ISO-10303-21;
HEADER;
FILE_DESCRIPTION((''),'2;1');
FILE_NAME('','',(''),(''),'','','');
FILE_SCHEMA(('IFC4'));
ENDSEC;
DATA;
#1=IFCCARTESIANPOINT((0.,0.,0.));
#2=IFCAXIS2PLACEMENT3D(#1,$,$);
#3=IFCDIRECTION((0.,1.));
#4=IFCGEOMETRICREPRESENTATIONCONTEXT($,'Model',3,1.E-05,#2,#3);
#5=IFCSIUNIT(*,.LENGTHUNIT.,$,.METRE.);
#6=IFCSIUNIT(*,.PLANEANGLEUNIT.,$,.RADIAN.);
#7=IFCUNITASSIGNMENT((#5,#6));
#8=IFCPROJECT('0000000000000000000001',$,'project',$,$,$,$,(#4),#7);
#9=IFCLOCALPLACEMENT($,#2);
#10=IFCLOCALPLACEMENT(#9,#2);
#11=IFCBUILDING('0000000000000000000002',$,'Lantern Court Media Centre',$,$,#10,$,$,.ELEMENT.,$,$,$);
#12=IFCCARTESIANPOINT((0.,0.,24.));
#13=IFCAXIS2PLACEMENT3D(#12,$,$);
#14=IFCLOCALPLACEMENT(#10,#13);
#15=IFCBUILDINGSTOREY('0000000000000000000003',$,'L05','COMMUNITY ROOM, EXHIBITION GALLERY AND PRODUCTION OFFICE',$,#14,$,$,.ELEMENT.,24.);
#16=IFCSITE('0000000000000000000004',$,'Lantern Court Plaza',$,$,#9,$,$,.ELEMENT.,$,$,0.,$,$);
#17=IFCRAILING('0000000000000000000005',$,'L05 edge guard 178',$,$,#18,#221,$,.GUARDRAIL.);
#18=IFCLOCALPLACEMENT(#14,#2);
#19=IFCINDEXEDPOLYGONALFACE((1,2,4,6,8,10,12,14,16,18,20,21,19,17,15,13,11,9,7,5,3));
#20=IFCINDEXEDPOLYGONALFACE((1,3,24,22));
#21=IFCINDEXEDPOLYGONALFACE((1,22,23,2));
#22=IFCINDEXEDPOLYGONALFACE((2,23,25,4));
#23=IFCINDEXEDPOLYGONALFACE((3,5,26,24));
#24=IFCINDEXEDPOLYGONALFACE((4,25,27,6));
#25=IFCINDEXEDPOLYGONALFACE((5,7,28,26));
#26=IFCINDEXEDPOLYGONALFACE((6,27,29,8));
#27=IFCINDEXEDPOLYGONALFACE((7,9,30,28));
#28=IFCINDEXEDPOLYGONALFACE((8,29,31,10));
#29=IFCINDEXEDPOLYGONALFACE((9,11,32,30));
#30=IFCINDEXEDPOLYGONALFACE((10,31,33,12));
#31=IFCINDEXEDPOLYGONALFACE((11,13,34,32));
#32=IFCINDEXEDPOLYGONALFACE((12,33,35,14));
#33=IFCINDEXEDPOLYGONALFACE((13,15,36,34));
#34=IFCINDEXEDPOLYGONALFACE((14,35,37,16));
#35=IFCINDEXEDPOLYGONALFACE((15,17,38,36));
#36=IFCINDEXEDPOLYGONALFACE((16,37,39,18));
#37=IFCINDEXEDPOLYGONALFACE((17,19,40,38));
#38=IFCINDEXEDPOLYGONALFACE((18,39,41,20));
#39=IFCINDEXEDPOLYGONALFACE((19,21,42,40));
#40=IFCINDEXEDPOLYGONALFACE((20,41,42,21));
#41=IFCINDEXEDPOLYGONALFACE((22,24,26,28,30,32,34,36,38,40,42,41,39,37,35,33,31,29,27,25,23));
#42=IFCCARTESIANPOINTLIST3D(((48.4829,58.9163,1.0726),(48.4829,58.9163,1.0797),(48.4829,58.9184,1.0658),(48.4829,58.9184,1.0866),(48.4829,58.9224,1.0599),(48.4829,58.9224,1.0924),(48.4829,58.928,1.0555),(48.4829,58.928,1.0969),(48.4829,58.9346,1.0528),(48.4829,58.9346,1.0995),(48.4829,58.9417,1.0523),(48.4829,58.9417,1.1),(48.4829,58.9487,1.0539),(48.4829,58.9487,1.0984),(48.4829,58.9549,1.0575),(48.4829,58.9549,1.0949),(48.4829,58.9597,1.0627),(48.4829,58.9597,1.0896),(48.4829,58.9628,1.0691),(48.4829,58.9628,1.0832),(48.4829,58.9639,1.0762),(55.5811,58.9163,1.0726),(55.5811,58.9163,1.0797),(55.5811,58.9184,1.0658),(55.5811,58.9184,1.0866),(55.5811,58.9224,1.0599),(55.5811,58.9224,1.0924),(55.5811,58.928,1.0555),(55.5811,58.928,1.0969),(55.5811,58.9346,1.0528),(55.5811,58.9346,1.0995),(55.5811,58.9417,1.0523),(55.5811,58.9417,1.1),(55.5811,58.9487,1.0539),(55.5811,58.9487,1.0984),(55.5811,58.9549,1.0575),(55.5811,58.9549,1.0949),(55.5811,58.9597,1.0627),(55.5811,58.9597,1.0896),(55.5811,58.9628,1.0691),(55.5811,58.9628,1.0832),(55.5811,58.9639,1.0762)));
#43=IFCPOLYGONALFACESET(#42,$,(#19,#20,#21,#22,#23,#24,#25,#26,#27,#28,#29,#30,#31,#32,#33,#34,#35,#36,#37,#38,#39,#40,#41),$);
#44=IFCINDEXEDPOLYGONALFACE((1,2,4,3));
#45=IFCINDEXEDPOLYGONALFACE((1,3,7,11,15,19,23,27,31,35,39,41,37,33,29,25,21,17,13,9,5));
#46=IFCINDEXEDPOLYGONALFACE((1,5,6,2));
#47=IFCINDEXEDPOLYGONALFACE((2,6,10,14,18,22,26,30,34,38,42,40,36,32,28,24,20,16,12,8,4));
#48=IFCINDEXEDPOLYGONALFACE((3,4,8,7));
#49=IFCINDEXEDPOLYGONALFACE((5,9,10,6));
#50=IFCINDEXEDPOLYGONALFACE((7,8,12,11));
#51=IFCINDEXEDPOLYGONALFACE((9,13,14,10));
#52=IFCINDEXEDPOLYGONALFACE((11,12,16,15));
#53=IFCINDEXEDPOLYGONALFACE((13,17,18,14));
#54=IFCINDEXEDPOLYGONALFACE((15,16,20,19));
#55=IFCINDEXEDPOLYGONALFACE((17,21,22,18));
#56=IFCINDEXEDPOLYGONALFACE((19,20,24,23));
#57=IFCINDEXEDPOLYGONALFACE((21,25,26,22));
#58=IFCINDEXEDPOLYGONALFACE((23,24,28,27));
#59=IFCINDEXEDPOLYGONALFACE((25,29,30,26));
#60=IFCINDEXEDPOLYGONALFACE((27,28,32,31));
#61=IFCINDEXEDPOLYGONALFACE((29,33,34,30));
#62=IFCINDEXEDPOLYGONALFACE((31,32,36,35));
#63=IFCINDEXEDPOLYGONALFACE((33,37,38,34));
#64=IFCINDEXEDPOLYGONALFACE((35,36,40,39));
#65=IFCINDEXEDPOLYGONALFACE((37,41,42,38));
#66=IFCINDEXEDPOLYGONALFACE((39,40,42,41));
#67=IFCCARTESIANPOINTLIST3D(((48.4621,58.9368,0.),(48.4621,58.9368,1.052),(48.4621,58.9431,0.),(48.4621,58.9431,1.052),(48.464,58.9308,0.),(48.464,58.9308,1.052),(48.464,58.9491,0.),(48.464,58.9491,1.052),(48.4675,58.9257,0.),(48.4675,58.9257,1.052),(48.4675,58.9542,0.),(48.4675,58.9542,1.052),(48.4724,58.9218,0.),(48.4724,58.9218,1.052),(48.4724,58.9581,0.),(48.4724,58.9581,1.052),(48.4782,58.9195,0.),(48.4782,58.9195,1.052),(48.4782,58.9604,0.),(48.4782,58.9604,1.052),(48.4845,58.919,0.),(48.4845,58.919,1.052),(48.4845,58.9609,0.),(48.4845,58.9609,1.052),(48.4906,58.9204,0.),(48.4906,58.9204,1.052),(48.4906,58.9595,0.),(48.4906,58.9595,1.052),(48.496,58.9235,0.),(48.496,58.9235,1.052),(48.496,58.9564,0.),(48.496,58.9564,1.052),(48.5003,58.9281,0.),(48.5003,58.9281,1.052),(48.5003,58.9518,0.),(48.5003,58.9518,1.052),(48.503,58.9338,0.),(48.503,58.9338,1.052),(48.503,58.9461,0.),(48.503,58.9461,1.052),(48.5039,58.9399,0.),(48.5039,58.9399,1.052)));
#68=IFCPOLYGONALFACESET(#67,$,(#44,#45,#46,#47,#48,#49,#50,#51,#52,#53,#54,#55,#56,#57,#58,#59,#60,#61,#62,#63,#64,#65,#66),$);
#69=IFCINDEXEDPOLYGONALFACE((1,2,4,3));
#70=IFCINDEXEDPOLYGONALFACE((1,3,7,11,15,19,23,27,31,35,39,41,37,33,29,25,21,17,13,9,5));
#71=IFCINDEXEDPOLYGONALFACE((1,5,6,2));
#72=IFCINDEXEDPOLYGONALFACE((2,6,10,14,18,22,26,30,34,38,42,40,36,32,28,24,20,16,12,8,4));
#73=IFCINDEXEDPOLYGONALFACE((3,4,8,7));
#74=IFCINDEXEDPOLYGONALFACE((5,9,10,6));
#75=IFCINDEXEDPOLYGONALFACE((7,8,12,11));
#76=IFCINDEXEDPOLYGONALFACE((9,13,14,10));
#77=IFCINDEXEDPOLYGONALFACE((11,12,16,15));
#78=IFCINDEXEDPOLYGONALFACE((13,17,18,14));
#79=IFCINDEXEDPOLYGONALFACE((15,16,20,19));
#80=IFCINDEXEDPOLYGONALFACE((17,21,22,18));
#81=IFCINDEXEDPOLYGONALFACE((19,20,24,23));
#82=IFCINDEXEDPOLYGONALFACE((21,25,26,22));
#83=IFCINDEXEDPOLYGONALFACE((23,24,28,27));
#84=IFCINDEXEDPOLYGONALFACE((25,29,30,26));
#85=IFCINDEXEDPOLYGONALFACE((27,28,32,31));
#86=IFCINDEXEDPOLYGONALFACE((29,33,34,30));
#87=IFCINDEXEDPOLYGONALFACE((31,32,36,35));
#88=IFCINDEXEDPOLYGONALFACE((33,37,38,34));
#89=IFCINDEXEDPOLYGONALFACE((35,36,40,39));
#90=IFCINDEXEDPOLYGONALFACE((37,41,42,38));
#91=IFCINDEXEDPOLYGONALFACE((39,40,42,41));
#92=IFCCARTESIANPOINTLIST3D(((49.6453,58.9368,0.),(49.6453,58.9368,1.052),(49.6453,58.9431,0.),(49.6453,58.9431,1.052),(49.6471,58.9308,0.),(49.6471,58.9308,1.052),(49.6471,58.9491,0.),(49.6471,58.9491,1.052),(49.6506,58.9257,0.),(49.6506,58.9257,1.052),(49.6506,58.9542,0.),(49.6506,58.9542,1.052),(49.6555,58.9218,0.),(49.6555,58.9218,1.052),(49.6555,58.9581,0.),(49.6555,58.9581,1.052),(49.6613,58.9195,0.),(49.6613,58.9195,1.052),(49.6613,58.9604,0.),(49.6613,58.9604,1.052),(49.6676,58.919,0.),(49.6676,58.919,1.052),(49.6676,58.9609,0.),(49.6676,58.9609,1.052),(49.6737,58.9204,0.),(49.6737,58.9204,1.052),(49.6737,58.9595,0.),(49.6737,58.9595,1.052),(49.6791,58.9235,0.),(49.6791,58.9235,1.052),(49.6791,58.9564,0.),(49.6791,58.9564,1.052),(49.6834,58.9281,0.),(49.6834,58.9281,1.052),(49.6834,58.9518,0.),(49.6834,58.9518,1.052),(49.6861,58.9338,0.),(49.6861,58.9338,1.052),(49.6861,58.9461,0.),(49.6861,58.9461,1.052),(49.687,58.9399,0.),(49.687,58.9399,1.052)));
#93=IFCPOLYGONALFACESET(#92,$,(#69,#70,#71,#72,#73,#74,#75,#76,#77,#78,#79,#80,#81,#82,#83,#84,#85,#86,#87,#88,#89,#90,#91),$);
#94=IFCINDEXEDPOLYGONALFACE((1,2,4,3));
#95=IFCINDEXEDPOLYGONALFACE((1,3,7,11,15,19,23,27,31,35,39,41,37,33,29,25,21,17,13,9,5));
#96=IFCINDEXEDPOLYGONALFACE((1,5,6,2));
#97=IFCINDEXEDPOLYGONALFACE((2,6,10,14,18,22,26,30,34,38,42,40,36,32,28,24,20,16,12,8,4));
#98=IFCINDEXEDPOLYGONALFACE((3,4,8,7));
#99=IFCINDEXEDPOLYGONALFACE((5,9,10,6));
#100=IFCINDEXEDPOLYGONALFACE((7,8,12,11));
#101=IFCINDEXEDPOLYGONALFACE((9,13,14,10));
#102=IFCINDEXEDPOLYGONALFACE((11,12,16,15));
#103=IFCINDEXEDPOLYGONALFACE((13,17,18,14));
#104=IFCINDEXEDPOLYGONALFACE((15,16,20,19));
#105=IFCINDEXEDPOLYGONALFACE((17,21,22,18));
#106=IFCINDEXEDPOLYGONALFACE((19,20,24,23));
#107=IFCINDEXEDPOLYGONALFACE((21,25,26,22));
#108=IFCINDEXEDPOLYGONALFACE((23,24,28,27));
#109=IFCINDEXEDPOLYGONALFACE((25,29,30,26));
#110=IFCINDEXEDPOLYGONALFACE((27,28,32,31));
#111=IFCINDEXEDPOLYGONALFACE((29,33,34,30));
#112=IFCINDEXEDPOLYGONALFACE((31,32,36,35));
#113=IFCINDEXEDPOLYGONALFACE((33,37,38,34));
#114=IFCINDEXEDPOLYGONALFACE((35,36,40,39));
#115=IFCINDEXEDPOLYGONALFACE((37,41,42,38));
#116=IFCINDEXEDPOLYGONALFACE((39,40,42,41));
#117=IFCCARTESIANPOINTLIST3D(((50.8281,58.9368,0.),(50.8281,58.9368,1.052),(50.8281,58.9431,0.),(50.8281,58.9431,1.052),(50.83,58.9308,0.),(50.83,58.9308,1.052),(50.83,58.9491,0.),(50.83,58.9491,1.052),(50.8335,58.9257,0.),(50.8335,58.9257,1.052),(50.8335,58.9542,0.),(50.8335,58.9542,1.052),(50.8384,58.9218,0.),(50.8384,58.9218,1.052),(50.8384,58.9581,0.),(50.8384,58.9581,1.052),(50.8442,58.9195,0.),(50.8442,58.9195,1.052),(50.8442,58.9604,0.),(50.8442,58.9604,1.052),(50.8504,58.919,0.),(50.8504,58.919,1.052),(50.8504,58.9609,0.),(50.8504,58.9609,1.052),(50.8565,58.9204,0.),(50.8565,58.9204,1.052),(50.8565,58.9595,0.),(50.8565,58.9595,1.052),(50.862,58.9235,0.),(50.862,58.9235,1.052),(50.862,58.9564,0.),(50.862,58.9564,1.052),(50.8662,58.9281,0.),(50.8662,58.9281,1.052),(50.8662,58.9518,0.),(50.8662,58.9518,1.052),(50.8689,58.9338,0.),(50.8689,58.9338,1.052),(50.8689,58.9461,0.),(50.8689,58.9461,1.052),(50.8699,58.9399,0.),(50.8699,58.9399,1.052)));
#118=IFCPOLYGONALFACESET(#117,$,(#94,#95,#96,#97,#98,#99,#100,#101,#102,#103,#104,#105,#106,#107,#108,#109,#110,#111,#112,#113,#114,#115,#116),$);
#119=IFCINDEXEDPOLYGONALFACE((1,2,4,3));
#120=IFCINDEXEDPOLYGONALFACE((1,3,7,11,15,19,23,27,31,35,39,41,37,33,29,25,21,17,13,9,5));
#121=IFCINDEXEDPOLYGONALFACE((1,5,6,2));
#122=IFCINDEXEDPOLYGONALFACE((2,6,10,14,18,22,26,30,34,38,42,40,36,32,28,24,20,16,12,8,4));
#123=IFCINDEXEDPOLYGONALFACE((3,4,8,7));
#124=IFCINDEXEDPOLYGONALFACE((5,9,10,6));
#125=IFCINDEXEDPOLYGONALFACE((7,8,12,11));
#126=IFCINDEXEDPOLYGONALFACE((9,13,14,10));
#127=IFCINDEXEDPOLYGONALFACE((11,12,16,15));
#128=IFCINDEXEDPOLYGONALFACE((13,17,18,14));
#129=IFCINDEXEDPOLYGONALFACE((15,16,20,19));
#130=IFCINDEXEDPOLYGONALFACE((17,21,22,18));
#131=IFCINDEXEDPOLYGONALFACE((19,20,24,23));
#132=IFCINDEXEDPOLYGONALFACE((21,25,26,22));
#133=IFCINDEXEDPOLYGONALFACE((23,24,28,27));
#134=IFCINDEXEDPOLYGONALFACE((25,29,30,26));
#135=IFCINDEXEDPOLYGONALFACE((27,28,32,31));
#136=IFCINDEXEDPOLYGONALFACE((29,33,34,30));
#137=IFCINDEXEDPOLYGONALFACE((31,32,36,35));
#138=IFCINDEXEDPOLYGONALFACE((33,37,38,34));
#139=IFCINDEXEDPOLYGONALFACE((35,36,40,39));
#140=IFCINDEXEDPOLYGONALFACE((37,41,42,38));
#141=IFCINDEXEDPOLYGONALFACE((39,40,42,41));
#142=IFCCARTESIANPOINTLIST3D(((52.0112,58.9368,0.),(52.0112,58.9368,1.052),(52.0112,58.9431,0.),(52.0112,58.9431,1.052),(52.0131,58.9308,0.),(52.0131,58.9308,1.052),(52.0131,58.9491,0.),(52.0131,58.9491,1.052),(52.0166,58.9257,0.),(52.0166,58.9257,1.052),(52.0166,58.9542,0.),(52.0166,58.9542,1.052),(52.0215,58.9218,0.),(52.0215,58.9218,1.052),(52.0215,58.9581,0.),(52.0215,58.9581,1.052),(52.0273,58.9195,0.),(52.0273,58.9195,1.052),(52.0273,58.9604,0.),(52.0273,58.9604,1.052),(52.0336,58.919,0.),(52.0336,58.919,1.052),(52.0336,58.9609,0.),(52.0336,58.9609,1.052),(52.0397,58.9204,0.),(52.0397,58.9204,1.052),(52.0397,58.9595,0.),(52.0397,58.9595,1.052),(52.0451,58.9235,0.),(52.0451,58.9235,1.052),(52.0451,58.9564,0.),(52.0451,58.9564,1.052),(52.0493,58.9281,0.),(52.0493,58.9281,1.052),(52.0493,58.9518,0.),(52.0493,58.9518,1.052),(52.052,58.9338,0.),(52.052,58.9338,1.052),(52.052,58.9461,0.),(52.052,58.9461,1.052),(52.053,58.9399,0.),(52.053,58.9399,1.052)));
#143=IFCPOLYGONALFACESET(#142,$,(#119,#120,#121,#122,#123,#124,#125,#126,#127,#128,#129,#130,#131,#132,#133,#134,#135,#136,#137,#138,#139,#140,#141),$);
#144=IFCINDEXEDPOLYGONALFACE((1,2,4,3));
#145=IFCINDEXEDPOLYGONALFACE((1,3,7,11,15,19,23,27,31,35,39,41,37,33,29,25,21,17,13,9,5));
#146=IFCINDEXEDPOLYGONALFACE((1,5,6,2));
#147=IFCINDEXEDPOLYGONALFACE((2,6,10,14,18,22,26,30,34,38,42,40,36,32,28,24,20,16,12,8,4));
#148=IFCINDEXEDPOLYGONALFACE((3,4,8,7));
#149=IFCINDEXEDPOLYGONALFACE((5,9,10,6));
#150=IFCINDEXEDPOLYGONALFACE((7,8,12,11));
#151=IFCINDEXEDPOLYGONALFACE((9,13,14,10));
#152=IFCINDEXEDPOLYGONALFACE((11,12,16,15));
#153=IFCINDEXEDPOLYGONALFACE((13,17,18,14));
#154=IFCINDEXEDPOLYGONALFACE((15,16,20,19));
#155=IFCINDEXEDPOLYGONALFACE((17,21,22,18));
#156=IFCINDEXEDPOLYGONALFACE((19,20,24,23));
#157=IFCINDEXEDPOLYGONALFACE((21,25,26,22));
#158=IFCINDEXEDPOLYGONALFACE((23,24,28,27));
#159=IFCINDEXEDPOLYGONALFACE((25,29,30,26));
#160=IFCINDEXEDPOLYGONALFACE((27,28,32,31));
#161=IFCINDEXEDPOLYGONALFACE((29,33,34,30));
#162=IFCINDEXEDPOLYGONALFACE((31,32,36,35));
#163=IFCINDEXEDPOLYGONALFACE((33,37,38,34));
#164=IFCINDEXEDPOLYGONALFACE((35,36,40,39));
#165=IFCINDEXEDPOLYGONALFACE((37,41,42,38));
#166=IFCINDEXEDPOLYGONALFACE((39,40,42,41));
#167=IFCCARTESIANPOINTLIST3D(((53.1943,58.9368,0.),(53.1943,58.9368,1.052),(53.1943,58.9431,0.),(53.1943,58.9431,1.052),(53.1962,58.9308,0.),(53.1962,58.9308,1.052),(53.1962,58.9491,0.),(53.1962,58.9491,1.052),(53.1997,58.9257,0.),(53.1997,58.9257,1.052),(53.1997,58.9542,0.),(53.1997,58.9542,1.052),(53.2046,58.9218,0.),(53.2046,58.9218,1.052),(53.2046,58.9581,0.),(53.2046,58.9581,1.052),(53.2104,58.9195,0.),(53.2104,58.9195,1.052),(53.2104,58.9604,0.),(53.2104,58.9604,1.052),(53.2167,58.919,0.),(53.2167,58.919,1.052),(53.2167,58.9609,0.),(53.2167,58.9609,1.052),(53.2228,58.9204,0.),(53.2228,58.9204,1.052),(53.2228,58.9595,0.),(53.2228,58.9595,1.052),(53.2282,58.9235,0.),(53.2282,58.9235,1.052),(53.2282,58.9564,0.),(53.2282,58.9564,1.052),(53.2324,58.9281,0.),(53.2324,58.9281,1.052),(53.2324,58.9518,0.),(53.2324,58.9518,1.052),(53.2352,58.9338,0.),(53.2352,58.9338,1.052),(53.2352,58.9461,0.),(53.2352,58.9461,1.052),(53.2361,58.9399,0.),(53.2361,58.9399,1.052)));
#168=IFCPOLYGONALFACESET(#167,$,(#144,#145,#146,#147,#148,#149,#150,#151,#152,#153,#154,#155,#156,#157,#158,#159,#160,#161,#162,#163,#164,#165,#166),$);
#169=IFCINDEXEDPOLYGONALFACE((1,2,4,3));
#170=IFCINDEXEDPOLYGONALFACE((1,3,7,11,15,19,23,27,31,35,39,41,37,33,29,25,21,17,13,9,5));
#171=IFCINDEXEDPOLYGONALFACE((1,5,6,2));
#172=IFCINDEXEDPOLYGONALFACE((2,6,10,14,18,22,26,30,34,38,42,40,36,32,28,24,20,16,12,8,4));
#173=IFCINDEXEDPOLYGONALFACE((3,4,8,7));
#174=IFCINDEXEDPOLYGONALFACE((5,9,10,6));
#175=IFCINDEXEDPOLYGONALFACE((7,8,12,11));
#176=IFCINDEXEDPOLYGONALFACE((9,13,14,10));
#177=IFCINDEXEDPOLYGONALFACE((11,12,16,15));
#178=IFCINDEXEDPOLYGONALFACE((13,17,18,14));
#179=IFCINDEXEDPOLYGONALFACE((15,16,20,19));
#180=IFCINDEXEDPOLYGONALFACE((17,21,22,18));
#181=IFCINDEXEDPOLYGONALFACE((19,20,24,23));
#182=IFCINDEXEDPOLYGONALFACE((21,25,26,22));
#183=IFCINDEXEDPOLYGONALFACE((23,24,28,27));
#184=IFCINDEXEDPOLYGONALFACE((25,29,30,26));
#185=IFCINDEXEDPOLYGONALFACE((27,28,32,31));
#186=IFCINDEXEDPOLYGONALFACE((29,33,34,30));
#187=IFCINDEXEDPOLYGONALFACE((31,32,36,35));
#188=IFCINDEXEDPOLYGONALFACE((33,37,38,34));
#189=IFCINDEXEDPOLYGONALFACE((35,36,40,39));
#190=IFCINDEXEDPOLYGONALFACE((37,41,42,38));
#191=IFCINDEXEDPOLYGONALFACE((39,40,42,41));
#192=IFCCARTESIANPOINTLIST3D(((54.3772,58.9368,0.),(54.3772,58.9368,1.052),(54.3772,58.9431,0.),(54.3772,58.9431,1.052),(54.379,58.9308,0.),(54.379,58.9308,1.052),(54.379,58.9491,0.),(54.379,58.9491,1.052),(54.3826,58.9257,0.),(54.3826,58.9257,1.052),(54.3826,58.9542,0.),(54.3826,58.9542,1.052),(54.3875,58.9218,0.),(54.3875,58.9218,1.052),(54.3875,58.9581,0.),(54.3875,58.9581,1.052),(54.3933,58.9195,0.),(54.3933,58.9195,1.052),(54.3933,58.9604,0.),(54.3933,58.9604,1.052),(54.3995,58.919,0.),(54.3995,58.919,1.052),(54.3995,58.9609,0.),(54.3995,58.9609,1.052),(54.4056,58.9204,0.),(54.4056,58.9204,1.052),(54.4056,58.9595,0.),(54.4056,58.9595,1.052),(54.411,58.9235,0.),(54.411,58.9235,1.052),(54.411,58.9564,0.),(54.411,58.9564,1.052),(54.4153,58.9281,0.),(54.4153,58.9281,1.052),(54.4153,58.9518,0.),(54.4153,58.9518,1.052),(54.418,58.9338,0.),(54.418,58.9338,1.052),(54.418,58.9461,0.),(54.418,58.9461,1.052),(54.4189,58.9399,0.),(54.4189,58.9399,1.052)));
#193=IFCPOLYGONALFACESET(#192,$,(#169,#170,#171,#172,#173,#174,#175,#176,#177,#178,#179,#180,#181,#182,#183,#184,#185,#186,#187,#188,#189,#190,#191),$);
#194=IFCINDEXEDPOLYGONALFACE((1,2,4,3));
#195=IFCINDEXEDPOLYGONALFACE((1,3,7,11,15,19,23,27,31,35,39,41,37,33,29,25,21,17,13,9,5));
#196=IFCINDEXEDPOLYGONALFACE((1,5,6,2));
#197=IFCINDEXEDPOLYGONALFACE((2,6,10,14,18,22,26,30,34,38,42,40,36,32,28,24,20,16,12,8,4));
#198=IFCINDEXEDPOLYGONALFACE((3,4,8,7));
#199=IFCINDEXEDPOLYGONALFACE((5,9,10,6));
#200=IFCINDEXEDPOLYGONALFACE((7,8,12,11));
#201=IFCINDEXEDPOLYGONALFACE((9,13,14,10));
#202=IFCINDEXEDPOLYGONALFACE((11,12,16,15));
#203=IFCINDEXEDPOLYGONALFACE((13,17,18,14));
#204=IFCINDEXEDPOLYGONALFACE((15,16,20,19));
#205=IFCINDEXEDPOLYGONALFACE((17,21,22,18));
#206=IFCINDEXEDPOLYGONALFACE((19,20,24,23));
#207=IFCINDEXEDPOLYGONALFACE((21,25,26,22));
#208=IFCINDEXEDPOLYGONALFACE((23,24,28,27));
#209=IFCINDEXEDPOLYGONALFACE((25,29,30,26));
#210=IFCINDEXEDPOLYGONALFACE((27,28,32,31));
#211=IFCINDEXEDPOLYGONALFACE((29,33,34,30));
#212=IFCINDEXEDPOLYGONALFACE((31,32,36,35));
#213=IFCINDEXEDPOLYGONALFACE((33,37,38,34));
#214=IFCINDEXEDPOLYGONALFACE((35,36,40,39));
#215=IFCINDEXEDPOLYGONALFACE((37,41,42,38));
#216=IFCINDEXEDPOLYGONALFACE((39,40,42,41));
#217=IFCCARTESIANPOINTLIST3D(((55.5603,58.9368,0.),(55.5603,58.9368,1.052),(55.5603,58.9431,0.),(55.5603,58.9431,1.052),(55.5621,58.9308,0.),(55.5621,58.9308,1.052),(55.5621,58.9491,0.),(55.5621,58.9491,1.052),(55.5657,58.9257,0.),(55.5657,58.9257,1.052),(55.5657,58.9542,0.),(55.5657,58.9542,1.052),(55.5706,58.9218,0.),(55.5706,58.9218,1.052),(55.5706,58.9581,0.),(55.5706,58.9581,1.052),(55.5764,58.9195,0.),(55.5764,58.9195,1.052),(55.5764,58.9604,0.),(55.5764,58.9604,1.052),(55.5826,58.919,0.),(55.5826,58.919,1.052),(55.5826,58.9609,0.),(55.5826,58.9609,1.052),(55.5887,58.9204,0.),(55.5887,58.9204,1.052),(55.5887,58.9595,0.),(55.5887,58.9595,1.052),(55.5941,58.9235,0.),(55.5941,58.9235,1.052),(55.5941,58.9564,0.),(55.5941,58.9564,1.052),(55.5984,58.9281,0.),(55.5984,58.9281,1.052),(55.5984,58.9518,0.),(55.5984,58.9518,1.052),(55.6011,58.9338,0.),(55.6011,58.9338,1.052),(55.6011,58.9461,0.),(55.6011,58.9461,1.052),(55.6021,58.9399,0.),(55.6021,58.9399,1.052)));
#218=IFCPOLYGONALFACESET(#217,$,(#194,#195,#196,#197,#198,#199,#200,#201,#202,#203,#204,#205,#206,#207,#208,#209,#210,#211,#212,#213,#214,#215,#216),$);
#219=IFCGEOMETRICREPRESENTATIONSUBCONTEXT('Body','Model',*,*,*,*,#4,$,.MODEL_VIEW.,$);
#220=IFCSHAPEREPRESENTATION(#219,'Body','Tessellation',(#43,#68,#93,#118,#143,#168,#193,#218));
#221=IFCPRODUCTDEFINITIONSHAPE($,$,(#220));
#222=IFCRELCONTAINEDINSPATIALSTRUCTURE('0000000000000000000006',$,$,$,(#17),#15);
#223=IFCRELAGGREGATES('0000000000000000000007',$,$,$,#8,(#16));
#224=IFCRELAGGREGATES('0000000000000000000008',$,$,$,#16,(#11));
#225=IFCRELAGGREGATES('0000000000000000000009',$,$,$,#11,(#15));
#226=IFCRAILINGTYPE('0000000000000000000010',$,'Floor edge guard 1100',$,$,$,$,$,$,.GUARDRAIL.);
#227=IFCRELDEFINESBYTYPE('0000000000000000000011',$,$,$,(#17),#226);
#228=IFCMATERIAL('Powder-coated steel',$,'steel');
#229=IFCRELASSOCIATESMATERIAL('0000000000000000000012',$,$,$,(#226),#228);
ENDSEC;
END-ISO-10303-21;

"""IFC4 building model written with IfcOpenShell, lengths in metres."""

from ifc_helpers import new_model, si_unit, direction, frame, origin, origin_2d, place, context, subcontext, project, spatial, circle, extrude, material, type_object, element, save


model = new_model("IFC4")

# Units and contexts
model_context = context("Model", 3, precision=1e-05, world=origin(), true_north=direction((0.0, 1.0)))
body_context = subcontext(model_context, "Body", "Model", "MODEL_VIEW")
ifc_project = project(units=[si_unit("LENGTHUNIT", "METRE"), si_unit("PLANEANGLEUNIT", "RADIAN")], contexts=[model_context])

# Site, building, storey
site_placement = place(None, origin())
site = spatial("IfcSite", under=ifc_project, at=site_placement, Name="Lantern Court Plaza", CompositionType="ELEMENT", RefElevation=0.0)
building_placement = place(site_placement, origin())
building = spatial("IfcBuilding", under=site, at=building_placement, Name="Lantern Court Media Centre", CompositionType="ELEMENT")
storey_placement = place(building_placement, frame((0.0, 0.0, 24.0)))
storey = spatial("IfcBuildingStorey", under=building, at=storey_placement, Name="L05", Description="COMMUNITY ROOM, EXHIBITION GALLERY AND PRODUCTION OFFICE", CompositionType="ELEMENT", Elevation=24.0)

# Railing
ifc_material_1 = material(Name="Powder-coated steel", Category="steel")
railing_type = type_object("IfcRailingType", Name="Floor edge guard 1100", PredefinedType="GUARDRAIL", material=ifc_material_1)
railing_placement = place(storey_placement, frame((48.4829, 58.9399, 0.0)))
element("IfcRailing", 1, at=railing_placement, inside=storey, type_object=railing_type, Name="L05 edge guard 178", PredefinedType="GUARDRAIL", context=body_context, shape_type="SweptSolid", body=[
    extrude(circle(Radius=0.0239, at=origin_2d()), frame((0.0, 0.0, 1.0762), z_axis=(1.0, 0.0, 0.0), x_axis=(0.0, 1.0, 0.0)), (0.0, 0.0, 1.0), 7.0981),
    extrude(circle(Radius=0.021, at=origin_2d()), origin(), (0.0, 0.0, 1.0), 1.052),
    extrude(circle(Radius=0.021, at=origin_2d()), frame((1.1831, 0.0, 0.0)), (0.0, 0.0, 1.0), 1.052),
    extrude(circle(Radius=0.021, at=origin_2d()), frame((2.366, 0.0, 0.0)), (0.0, 0.0, 1.0), 1.052),
    extrude(circle(Radius=0.021, at=origin_2d()), frame((3.5491, 0.0, 0.0)), (0.0, 0.0, 1.0), 1.052),
    extrude(circle(Radius=0.021, at=origin_2d()), frame((4.7322, 0.0, 0.0)), (0.0, 0.0, 1.0), 1.052),
    extrude(circle(Radius=0.021, at=origin_2d()), frame((5.915, 0.0, 0.0)), (0.0, 0.0, 1.0), 1.052),
    extrude(circle(Radius=0.021, at=origin_2d()), frame((7.0981, 0.0, 0.0)), (0.0, 0.0, 1.0), 1.052),
])

save(model, "model.ifc")
